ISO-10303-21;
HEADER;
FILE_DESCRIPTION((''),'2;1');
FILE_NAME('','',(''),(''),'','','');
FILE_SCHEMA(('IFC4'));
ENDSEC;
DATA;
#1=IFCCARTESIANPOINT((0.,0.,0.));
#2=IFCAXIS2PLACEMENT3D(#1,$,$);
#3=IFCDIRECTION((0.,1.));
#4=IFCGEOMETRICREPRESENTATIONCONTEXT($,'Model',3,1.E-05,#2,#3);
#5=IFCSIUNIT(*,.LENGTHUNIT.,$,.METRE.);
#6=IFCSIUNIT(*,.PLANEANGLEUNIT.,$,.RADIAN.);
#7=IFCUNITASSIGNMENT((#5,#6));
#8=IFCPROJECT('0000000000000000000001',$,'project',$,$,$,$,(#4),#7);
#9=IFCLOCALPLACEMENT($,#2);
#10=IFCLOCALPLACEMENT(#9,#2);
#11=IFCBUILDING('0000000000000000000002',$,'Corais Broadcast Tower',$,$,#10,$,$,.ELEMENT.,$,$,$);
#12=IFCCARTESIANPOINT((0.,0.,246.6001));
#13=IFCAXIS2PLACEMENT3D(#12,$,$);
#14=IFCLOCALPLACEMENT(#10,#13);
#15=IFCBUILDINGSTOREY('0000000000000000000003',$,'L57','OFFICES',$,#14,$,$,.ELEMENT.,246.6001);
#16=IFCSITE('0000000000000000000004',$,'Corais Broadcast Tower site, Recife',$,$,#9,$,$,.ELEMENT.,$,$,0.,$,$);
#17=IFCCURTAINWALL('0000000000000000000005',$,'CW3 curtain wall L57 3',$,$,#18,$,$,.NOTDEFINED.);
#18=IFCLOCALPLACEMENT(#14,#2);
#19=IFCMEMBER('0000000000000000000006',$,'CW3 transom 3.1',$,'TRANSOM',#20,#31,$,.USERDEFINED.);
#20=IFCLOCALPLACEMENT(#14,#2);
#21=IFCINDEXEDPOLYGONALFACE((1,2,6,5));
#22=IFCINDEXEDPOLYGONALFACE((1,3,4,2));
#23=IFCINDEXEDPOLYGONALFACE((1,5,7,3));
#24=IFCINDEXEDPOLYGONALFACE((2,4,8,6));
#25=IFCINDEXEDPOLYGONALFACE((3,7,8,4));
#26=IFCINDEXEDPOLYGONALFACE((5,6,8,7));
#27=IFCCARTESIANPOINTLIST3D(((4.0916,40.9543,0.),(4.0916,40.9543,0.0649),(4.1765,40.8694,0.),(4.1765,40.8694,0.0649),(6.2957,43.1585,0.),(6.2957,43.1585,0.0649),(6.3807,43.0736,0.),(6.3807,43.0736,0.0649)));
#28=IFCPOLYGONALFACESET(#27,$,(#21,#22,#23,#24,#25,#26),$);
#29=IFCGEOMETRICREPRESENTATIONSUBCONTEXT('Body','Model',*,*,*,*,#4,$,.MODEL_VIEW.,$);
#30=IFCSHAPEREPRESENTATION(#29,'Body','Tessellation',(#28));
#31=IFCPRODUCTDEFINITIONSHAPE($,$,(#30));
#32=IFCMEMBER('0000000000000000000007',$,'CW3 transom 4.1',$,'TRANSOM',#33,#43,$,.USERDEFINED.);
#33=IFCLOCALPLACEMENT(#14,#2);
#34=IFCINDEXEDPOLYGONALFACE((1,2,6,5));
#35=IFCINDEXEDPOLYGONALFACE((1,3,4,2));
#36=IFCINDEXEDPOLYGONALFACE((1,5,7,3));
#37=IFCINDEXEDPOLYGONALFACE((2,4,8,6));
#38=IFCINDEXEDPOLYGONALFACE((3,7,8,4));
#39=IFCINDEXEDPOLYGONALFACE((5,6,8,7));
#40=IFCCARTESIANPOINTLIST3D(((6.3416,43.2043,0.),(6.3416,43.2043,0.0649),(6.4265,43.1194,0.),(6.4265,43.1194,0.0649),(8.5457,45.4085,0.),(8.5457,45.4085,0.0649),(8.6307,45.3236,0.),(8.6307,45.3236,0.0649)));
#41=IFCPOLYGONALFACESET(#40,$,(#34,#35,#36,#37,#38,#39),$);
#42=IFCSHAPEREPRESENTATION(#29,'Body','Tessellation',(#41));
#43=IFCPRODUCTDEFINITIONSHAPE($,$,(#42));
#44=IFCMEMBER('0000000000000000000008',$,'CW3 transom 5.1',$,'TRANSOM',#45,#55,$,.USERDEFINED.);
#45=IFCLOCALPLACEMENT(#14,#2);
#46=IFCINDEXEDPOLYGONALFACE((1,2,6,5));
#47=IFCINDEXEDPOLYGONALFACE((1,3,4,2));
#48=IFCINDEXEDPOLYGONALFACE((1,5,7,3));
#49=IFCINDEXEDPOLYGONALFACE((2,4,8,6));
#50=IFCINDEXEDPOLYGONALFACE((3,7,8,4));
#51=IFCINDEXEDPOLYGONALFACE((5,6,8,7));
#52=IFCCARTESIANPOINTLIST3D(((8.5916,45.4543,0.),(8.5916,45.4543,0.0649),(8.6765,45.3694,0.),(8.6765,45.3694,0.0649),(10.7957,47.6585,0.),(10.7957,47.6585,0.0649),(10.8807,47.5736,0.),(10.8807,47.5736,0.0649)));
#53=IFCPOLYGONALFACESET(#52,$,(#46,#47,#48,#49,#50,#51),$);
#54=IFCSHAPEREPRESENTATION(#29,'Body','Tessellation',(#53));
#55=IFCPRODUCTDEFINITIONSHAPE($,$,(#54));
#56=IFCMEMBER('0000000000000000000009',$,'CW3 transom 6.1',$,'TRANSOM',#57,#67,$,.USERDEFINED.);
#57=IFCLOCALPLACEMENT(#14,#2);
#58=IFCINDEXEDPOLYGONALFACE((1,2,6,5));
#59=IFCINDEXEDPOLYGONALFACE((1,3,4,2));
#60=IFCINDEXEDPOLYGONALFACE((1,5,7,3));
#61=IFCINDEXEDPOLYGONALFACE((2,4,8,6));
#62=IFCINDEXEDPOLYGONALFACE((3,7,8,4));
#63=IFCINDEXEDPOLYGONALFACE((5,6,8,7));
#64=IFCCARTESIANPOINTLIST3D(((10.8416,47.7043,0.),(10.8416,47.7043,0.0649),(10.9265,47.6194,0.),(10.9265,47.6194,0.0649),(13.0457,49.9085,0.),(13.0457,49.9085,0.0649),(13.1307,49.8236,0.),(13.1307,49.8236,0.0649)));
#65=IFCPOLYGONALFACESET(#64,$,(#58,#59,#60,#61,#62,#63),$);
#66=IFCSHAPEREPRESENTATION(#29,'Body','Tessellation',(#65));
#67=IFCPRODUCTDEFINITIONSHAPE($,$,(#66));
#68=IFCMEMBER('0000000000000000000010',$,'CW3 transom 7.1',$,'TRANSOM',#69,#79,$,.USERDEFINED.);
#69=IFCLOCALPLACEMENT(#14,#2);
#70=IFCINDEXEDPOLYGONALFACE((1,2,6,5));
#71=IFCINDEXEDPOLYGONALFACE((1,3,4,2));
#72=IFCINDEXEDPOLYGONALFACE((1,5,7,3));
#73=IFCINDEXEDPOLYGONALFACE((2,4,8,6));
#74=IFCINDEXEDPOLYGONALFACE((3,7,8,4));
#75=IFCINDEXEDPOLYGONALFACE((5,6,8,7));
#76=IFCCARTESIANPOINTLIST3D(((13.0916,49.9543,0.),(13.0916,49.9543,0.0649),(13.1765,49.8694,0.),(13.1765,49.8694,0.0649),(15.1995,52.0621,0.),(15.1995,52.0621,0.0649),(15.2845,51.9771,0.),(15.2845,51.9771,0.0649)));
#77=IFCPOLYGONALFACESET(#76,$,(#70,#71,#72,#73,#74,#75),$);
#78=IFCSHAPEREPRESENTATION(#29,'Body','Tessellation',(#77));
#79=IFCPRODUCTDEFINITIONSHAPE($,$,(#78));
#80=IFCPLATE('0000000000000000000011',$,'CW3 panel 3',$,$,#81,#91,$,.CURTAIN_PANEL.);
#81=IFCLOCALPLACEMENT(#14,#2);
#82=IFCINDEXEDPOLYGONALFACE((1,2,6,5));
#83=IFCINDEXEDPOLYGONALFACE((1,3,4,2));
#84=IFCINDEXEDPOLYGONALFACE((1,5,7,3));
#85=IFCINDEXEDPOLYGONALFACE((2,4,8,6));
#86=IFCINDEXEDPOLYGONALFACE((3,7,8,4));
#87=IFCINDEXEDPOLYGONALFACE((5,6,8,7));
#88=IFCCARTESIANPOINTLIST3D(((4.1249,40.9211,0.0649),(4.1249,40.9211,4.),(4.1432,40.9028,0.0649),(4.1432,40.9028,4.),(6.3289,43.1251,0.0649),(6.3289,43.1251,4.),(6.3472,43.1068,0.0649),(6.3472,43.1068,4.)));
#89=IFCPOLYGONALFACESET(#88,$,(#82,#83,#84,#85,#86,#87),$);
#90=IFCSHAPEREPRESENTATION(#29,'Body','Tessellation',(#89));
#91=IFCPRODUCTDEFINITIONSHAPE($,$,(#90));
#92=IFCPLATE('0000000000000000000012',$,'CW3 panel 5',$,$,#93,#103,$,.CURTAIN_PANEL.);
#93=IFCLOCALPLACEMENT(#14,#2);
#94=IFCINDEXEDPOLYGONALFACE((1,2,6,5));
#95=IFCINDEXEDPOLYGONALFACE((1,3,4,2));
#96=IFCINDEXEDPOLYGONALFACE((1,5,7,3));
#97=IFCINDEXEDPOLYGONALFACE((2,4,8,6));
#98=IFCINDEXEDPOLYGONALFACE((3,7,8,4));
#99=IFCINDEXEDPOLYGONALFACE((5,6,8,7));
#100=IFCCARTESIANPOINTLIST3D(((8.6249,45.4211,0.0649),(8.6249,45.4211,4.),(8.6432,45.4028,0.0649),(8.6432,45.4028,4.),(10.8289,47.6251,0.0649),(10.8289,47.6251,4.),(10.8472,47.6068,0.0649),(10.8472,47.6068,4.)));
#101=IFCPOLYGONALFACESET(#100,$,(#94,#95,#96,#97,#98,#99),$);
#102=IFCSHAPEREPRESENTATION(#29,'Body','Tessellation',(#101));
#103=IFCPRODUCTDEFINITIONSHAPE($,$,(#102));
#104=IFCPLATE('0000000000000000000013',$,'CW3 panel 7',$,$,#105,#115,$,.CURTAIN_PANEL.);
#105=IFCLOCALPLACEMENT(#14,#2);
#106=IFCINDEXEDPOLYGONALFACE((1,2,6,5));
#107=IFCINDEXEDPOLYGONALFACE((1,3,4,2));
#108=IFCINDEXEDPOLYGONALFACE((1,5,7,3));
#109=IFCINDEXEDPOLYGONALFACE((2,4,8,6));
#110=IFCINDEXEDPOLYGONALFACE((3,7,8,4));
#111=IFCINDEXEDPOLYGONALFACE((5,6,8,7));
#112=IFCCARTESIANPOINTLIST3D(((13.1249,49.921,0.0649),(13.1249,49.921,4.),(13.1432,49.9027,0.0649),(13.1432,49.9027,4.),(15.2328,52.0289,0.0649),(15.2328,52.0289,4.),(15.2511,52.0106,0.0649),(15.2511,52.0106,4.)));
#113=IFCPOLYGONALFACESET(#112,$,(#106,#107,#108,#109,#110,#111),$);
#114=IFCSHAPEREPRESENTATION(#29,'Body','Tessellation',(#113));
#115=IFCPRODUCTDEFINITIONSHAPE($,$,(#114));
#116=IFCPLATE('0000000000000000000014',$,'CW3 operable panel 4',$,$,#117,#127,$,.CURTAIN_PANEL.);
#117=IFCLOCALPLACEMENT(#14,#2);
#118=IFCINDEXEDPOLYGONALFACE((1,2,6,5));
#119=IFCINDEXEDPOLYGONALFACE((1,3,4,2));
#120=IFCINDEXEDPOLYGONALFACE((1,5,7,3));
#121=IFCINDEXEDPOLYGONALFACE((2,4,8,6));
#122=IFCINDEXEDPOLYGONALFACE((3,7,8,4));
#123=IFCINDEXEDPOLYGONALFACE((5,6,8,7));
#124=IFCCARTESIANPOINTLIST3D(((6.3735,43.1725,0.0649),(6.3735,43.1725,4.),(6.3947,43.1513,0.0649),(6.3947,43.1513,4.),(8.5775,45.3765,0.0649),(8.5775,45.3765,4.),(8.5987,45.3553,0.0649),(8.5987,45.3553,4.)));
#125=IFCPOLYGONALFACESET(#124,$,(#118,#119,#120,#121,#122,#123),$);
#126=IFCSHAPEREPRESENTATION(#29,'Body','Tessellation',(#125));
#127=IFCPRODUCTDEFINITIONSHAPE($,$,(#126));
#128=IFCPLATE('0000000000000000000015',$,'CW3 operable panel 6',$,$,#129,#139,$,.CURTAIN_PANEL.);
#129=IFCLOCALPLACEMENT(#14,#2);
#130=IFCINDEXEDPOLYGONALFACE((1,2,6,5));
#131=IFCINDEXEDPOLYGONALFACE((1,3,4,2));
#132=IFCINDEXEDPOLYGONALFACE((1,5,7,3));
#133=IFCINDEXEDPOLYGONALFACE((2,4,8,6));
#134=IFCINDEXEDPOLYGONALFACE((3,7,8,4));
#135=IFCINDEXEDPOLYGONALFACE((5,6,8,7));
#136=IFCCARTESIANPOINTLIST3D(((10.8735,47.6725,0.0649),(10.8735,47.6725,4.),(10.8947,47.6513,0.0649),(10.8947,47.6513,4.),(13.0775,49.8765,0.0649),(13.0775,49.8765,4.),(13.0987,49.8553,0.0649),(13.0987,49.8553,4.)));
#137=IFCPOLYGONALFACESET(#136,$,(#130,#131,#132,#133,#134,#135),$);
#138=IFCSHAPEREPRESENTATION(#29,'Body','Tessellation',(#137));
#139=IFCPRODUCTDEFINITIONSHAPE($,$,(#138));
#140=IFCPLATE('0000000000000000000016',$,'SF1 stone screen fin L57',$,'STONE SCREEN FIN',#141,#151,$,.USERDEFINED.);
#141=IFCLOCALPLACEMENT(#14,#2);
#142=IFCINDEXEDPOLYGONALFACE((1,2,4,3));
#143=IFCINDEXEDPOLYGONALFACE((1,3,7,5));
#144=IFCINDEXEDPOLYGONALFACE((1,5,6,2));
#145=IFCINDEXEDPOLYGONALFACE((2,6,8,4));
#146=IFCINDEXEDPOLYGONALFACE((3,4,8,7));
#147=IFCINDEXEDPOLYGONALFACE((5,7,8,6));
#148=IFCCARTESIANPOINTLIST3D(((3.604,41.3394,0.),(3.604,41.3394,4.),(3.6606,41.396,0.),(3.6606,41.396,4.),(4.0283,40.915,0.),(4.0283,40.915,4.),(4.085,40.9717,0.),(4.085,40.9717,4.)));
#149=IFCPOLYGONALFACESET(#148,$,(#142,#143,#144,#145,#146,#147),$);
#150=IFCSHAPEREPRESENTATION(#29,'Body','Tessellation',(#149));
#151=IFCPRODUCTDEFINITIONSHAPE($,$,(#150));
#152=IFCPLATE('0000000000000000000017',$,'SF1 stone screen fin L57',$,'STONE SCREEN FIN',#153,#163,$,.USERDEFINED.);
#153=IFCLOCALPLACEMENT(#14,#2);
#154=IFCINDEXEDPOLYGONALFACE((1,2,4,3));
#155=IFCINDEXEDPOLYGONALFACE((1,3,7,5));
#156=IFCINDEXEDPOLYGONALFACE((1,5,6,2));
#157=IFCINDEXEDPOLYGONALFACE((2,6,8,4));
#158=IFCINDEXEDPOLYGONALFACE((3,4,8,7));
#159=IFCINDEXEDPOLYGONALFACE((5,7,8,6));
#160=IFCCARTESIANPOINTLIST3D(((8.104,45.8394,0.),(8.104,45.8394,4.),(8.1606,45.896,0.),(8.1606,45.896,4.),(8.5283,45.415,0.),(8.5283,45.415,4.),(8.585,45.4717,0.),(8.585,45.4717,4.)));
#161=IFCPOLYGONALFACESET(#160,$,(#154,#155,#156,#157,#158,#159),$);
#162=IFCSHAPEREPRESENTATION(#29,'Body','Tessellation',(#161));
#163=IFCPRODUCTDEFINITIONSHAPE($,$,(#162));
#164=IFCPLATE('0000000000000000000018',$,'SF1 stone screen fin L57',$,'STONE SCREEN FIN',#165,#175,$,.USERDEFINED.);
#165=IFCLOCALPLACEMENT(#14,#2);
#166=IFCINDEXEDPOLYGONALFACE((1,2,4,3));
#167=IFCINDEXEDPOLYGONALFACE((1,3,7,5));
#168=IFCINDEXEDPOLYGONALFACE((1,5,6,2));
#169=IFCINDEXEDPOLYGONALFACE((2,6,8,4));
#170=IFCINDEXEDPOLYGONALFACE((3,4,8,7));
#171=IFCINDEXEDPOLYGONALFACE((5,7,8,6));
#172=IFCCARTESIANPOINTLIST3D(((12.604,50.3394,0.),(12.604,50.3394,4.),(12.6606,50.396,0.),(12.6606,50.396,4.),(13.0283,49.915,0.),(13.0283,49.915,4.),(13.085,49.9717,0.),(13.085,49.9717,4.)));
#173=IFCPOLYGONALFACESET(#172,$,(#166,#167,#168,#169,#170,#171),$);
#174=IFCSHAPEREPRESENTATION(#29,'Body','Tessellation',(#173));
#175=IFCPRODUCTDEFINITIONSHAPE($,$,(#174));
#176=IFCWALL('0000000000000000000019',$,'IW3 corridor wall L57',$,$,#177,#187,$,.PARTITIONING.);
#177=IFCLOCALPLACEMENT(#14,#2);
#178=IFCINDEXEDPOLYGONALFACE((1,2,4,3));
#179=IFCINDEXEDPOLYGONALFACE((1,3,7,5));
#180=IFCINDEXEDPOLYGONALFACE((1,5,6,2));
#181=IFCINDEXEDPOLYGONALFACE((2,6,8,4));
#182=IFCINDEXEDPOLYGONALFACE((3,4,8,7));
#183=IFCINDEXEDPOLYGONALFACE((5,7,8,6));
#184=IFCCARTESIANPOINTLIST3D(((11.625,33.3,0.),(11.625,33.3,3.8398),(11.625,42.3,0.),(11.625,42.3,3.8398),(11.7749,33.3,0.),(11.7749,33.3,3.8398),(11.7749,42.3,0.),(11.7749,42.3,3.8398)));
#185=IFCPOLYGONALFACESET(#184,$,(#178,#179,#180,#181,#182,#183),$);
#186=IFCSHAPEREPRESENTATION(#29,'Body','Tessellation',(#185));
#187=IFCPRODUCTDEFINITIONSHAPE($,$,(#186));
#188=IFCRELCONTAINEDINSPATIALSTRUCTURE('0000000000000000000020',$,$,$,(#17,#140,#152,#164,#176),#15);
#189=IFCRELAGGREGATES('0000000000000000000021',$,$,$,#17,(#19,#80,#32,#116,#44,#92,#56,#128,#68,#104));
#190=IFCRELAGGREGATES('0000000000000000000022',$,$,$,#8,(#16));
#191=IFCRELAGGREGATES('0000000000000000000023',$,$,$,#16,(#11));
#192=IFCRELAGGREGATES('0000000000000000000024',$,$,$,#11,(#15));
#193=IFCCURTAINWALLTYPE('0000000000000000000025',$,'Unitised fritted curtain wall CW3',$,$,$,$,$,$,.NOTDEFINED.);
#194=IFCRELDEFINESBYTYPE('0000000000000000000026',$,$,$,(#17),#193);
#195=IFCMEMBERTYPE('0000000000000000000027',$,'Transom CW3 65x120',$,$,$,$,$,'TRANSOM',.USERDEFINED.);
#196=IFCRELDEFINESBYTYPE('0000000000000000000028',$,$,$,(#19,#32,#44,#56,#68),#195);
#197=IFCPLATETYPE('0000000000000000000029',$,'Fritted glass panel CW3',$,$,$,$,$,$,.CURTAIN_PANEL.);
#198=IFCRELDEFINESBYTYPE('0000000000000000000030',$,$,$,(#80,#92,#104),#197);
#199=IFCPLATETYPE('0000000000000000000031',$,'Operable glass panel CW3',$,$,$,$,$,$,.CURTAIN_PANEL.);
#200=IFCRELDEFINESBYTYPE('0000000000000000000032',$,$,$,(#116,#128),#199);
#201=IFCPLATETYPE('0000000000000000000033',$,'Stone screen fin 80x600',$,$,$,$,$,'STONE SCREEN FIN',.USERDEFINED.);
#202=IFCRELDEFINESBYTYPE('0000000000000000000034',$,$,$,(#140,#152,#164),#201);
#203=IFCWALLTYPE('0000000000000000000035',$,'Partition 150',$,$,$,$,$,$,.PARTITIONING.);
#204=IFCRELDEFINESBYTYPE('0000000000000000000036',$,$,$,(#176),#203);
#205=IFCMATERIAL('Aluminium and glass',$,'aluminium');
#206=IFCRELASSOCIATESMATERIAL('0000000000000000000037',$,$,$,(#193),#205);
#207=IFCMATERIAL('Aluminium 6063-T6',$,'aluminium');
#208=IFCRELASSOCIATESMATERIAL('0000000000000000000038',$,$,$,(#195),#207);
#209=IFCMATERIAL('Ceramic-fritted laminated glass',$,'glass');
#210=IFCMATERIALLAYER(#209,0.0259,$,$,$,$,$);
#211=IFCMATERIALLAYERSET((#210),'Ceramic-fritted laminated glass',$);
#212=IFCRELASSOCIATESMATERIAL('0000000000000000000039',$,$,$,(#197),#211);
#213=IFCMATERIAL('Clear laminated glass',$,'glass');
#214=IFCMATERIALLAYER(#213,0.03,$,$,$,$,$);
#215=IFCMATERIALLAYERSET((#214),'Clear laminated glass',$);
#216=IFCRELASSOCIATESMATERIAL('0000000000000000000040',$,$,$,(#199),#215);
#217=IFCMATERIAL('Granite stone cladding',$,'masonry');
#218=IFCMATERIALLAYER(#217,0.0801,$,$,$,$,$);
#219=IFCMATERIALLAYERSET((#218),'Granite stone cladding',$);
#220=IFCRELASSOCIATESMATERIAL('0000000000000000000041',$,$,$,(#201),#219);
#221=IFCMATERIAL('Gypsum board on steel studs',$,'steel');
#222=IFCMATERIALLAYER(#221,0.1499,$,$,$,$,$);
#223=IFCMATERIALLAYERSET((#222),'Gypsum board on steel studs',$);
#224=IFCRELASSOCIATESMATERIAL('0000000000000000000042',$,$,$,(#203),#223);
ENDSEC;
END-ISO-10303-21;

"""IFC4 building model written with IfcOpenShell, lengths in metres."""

from ifc_helpers import new_model, si_unit, direction, frame, frame_2d, origin, origin_2d, place, context, subcontext, project, spatial, rectangle, extrude, material, layer, layer_set, material_profile, profile_set, type_object, element, aggregate, save


model = new_model("IFC4")

# Units and contexts
model_context = context("Model", 3, precision=1e-05, world=origin(), true_north=direction((0.0, 1.0)))
body_context = subcontext(model_context, "Body", "Model", "MODEL_VIEW")
ifc_project = project(units=[si_unit("LENGTHUNIT", "METRE"), si_unit("PLANEANGLEUNIT", "RADIAN")], contexts=[model_context])

# Site, building, storey
site_placement = place(None, origin())
site = spatial("IfcSite", under=ifc_project, at=site_placement, Name="Corais Broadcast Tower site, Recife", CompositionType="ELEMENT", RefElevation=0.0)
building_placement = place(site_placement, origin())
building = spatial("IfcBuilding", under=site, at=building_placement, Name="Corais Broadcast Tower", CompositionType="ELEMENT")
storey_placement = place(building_placement, frame((0.0, 0.0, 246.6001)))
storey = spatial("IfcBuildingStorey", under=building, at=storey_placement, Name="L57", Description="OFFICES", CompositionType="ELEMENT", Elevation=246.6001)

# Curtain wall
ifc_material_1 = material(Name="Aluminium and glass", Category="aluminium")
curtain_wall_type = type_object("IfcCurtainWallType", Name="Unitised fritted curtain wall CW3", PredefinedType="NOTDEFINED", material=ifc_material_1)
curtain_wall_placement = place(storey_placement, origin())
curtain_wall = element("IfcCurtainWall", 1, at=curtain_wall_placement, inside=storey, type_object=curtain_wall_type, Name="CW3 curtain wall L57 3", PredefinedType="NOTDEFINED")

# Members
ifc_material_2 = material(Name="Aluminium 6063-T6", Category="aluminium")
ifc_material_profile_1 = material_profile(ifc_material_2, rectangle(XDim=0.1201, YDim=0.0649, at=origin_2d()), Name="Transom CW3 65x120")
ifc_profile_set_1 = profile_set([ifc_material_profile_1], Name="Aluminium 6063-T6")
member_type_1 = type_object("IfcMemberType", Name="Transom CW3 65x120", ElementType="TRANSOM", PredefinedType="USERDEFINED", material=ifc_profile_set_1)
member_1_placement = place(storey_placement, frame((4.134, 40.9119, 0.0325), z_axis=(0.707107, 0.707107, 0.0), x_axis=(-0.707107, 0.707107, 0.0)))
member_1 = element("IfcMember", 2, at=member_1_placement, type_object=member_type_1, Name="CW3 transom 3.1", ObjectType="TRANSOM", PredefinedType="USERDEFINED", context=body_context, shape_type="SweptSolid", body=[
    extrude(rectangle(XDim=0.1201, YDim=0.0649, at=origin_2d()), origin(), (0.0, 0.0, 1.0), 3.1172),
])
member_2_placement = place(storey_placement, frame((6.384, 43.1619, 0.0325), z_axis=(0.707107, 0.707107, 0.0), x_axis=(-0.707107, 0.707107, 0.0)))
member_2 = element("IfcMember", 3, at=member_2_placement, type_object=member_type_1, Name="CW3 transom 4.1", ObjectType="TRANSOM", PredefinedType="USERDEFINED", context=body_context, shape_type="SweptSolid", body=[
    extrude(rectangle(XDim=0.1201, YDim=0.0649, at=origin_2d()), origin(), (0.0, 0.0, 1.0), 3.1172),
])
member_3_placement = place(storey_placement, frame((8.634, 45.4119, 0.0325), z_axis=(0.707107, 0.707107, 0.0), x_axis=(-0.707107, 0.707107, 0.0)))
member_3 = element("IfcMember", 4, at=member_3_placement, type_object=member_type_1, Name="CW3 transom 5.1", ObjectType="TRANSOM", PredefinedType="USERDEFINED", context=body_context, shape_type="SweptSolid", body=[
    extrude(rectangle(XDim=0.1201, YDim=0.0649, at=origin_2d()), origin(), (0.0, 0.0, 1.0), 3.1172),
])
member_4_placement = place(storey_placement, frame((10.884, 47.6619, 0.0325), z_axis=(0.707107, 0.707107, 0.0), x_axis=(-0.707107, 0.707107, 0.0)))
member_4 = element("IfcMember", 5, at=member_4_placement, type_object=member_type_1, Name="CW3 transom 6.1", ObjectType="TRANSOM", PredefinedType="USERDEFINED", context=body_context, shape_type="SweptSolid", body=[
    extrude(rectangle(XDim=0.1201, YDim=0.0649, at=origin_2d()), origin(), (0.0, 0.0, 1.0), 3.1172),
])
member_5_placement = place(storey_placement, frame((13.134, 49.9119, 0.0325), z_axis=(0.707148, 0.707066, 0.0), x_axis=(-0.707066, 0.707148, 0.0)))
member_5 = element("IfcMember", 6, at=member_5_placement, type_object=member_type_1, Name="CW3 transom 7.1", ObjectType="TRANSOM", PredefinedType="USERDEFINED", context=body_context, shape_type="SweptSolid", body=[
    extrude(rectangle(XDim=0.1201, YDim=0.0649, at=origin_2d()), origin(), (0.0, 0.0, 1.0), 2.981),
])

# Plates
ifc_material_3 = material(Name="Ceramic-fritted laminated glass", Category="glass")
ifc_layer_1 = layer(ifc_material_3, 0.0259)
ifc_layer_set_1 = layer_set([ifc_layer_1], Name="Ceramic-fritted laminated glass")
plate_type_1 = type_object("IfcPlateType", Name="Fritted glass panel CW3", PredefinedType="CURTAIN_PANEL", material=ifc_layer_set_1)
plate_1_placement = place(storey_placement, frame((5.2361, 42.0139, 0.0649), z_axis=(0.0, 0.0, 1.0), x_axis=(0.707107, 0.707107, 0.0)))
plate_1 = element("IfcPlate", 7, at=plate_1_placement, type_object=plate_type_1, Name="CW3 panel 3", PredefinedType="CURTAIN_PANEL", context=body_context, shape_type="SweptSolid", body=[
    extrude(rectangle(XDim=3.1169, YDim=0.0259, at=origin_2d()), origin(), (0.0, 0.0, 1.0), 3.9351),
])
plate_2_placement = place(storey_placement, frame((9.7361, 46.5139, 0.0649), z_axis=(0.0, 0.0, 1.0), x_axis=(0.707107, 0.707107, 0.0)))
plate_2 = element("IfcPlate", 8, at=plate_2_placement, type_object=plate_type_1, Name="CW3 panel 5", PredefinedType="CURTAIN_PANEL", context=body_context, shape_type="SweptSolid", body=[
    extrude(rectangle(XDim=3.1169, YDim=0.0259, at=origin_2d()), origin(), (0.0, 0.0, 1.0), 3.9351),
])
plate_3_placement = place(storey_placement, frame((14.188, 50.9658, 0.0649), z_axis=(0.0, 0.0, 1.0), x_axis=(0.707107, 0.707107, 0.0)))
plate_3 = element("IfcPlate", 9, at=plate_3_placement, type_object=plate_type_1, Name="CW3 panel 7", PredefinedType="CURTAIN_PANEL", context=body_context, shape_type="SweptSolid", body=[
    extrude(rectangle(XDim=2.981, YDim=0.0259, at=origin_2d()), origin(), (0.0, 0.0, 1.0), 3.9351),
])
ifc_material_4 = material(Name="Clear laminated glass", Category="glass")
ifc_layer_2 = layer(ifc_material_4, 0.03)
ifc_layer_set_2 = layer_set([ifc_layer_2], Name="Clear laminated glass")
plate_type_2 = type_object("IfcPlateType", Name="Operable glass panel CW3", PredefinedType="CURTAIN_PANEL", material=ifc_layer_set_2)
plate_4_placement = place(storey_placement, frame((7.4861, 44.2639, 0.0649), z_axis=(0.0, 0.0, 1.0), x_axis=(0.707107, 0.707107, 0.0)))
plate_4 = element("IfcPlate", 10, at=plate_4_placement, type_object=plate_type_2, Name="CW3 operable panel 4", PredefinedType="CURTAIN_PANEL", context=body_context, shape_type="SweptSolid", body=[
    extrude(rectangle(XDim=3.1169, YDim=0.03, at=origin_2d()), origin(), (0.0, 0.0, 1.0), 3.9351),
])
plate_5_placement = place(storey_placement, frame((11.9861, 48.7639, 0.0649), z_axis=(0.0, 0.0, 1.0), x_axis=(0.707107, 0.707107, 0.0)))
plate_5 = element("IfcPlate", 11, at=plate_5_placement, type_object=plate_type_2, Name="CW3 operable panel 6", PredefinedType="CURTAIN_PANEL", context=body_context, shape_type="SweptSolid", body=[
    extrude(rectangle(XDim=3.1169, YDim=0.03, at=origin_2d()), origin(), (0.0, 0.0, 1.0), 3.9351),
])
aggregate(curtain_wall, [member_1, plate_1, member_2, plate_4, member_3, plate_2, member_4, plate_5, member_5, plate_3])

# Plates
ifc_material_5 = material(Name="Granite stone cladding", Category="masonry")
ifc_layer_3 = layer(ifc_material_5, 0.0801)
ifc_layer_set_3 = layer_set([ifc_layer_3], Name="Granite stone cladding")
plate_type_3 = type_object("IfcPlateType", Name="Stone screen fin 80x600", ElementType="STONE SCREEN FIN", PredefinedType="USERDEFINED", material=ifc_layer_set_3)
for number, where, z_axis, x_axis, name in (
    (12, (3.8445, 41.1555, 0.0), (0.0, 0.0, 1.0), (0.707107, 0.707107, 0.0), "SF1 stone screen fin L57"),
    (13, (8.3445, 45.6555, 0.0), (0.0, 0.0, 1.0), (0.707107, 0.707107, 0.0), "SF1 stone screen fin L57"),
    (14, (12.8445, 50.1555, 0.0), (0.0, 0.0, 1.0), (0.707107, 0.707107, 0.0), "SF1 stone screen fin L57"),
):
    element("IfcPlate", number, at=place(storey_placement, frame(where, z_axis=z_axis, x_axis=x_axis)), inside=storey, type_object=plate_type_3, Name=name, ObjectType="STONE SCREEN FIN", PredefinedType="USERDEFINED", context=body_context, shape_type="SweptSolid", body=[
        extrude(rectangle(XDim=0.0801, YDim=0.6001, at=origin_2d()), origin(), (0.0, 0.0, 1.0), 4.0),
    ])

# Wall
ifc_material_6 = material(Name="Gypsum board on steel studs", Category="steel")
ifc_layer_4 = layer(ifc_material_6, 0.1499)
ifc_layer_set_4 = layer_set([ifc_layer_4], Name="Gypsum board on steel studs")
wall_type = type_object("IfcWallType", Name="Partition 150", PredefinedType="PARTITIONING", material=ifc_layer_set_4)
wall_1_placement = place(storey_placement, frame((11.7, 42.3, 0.0), z_axis=(0.0, 0.0, 1.0), x_axis=(0.0, -1.0, 0.0)))
element("IfcWall", 15, at=wall_1_placement, inside=storey, type_object=wall_type, Name="IW3 corridor wall L57", PredefinedType="PARTITIONING", context=body_context, shape_type="SweptSolid", body=[
    extrude(rectangle(XDim=9.0, YDim=0.1499, at=frame_2d((4.5, 0.0))), origin(), (0.0, 0.0, 1.0), 3.8398),
])

save(model, "model.ifc")
